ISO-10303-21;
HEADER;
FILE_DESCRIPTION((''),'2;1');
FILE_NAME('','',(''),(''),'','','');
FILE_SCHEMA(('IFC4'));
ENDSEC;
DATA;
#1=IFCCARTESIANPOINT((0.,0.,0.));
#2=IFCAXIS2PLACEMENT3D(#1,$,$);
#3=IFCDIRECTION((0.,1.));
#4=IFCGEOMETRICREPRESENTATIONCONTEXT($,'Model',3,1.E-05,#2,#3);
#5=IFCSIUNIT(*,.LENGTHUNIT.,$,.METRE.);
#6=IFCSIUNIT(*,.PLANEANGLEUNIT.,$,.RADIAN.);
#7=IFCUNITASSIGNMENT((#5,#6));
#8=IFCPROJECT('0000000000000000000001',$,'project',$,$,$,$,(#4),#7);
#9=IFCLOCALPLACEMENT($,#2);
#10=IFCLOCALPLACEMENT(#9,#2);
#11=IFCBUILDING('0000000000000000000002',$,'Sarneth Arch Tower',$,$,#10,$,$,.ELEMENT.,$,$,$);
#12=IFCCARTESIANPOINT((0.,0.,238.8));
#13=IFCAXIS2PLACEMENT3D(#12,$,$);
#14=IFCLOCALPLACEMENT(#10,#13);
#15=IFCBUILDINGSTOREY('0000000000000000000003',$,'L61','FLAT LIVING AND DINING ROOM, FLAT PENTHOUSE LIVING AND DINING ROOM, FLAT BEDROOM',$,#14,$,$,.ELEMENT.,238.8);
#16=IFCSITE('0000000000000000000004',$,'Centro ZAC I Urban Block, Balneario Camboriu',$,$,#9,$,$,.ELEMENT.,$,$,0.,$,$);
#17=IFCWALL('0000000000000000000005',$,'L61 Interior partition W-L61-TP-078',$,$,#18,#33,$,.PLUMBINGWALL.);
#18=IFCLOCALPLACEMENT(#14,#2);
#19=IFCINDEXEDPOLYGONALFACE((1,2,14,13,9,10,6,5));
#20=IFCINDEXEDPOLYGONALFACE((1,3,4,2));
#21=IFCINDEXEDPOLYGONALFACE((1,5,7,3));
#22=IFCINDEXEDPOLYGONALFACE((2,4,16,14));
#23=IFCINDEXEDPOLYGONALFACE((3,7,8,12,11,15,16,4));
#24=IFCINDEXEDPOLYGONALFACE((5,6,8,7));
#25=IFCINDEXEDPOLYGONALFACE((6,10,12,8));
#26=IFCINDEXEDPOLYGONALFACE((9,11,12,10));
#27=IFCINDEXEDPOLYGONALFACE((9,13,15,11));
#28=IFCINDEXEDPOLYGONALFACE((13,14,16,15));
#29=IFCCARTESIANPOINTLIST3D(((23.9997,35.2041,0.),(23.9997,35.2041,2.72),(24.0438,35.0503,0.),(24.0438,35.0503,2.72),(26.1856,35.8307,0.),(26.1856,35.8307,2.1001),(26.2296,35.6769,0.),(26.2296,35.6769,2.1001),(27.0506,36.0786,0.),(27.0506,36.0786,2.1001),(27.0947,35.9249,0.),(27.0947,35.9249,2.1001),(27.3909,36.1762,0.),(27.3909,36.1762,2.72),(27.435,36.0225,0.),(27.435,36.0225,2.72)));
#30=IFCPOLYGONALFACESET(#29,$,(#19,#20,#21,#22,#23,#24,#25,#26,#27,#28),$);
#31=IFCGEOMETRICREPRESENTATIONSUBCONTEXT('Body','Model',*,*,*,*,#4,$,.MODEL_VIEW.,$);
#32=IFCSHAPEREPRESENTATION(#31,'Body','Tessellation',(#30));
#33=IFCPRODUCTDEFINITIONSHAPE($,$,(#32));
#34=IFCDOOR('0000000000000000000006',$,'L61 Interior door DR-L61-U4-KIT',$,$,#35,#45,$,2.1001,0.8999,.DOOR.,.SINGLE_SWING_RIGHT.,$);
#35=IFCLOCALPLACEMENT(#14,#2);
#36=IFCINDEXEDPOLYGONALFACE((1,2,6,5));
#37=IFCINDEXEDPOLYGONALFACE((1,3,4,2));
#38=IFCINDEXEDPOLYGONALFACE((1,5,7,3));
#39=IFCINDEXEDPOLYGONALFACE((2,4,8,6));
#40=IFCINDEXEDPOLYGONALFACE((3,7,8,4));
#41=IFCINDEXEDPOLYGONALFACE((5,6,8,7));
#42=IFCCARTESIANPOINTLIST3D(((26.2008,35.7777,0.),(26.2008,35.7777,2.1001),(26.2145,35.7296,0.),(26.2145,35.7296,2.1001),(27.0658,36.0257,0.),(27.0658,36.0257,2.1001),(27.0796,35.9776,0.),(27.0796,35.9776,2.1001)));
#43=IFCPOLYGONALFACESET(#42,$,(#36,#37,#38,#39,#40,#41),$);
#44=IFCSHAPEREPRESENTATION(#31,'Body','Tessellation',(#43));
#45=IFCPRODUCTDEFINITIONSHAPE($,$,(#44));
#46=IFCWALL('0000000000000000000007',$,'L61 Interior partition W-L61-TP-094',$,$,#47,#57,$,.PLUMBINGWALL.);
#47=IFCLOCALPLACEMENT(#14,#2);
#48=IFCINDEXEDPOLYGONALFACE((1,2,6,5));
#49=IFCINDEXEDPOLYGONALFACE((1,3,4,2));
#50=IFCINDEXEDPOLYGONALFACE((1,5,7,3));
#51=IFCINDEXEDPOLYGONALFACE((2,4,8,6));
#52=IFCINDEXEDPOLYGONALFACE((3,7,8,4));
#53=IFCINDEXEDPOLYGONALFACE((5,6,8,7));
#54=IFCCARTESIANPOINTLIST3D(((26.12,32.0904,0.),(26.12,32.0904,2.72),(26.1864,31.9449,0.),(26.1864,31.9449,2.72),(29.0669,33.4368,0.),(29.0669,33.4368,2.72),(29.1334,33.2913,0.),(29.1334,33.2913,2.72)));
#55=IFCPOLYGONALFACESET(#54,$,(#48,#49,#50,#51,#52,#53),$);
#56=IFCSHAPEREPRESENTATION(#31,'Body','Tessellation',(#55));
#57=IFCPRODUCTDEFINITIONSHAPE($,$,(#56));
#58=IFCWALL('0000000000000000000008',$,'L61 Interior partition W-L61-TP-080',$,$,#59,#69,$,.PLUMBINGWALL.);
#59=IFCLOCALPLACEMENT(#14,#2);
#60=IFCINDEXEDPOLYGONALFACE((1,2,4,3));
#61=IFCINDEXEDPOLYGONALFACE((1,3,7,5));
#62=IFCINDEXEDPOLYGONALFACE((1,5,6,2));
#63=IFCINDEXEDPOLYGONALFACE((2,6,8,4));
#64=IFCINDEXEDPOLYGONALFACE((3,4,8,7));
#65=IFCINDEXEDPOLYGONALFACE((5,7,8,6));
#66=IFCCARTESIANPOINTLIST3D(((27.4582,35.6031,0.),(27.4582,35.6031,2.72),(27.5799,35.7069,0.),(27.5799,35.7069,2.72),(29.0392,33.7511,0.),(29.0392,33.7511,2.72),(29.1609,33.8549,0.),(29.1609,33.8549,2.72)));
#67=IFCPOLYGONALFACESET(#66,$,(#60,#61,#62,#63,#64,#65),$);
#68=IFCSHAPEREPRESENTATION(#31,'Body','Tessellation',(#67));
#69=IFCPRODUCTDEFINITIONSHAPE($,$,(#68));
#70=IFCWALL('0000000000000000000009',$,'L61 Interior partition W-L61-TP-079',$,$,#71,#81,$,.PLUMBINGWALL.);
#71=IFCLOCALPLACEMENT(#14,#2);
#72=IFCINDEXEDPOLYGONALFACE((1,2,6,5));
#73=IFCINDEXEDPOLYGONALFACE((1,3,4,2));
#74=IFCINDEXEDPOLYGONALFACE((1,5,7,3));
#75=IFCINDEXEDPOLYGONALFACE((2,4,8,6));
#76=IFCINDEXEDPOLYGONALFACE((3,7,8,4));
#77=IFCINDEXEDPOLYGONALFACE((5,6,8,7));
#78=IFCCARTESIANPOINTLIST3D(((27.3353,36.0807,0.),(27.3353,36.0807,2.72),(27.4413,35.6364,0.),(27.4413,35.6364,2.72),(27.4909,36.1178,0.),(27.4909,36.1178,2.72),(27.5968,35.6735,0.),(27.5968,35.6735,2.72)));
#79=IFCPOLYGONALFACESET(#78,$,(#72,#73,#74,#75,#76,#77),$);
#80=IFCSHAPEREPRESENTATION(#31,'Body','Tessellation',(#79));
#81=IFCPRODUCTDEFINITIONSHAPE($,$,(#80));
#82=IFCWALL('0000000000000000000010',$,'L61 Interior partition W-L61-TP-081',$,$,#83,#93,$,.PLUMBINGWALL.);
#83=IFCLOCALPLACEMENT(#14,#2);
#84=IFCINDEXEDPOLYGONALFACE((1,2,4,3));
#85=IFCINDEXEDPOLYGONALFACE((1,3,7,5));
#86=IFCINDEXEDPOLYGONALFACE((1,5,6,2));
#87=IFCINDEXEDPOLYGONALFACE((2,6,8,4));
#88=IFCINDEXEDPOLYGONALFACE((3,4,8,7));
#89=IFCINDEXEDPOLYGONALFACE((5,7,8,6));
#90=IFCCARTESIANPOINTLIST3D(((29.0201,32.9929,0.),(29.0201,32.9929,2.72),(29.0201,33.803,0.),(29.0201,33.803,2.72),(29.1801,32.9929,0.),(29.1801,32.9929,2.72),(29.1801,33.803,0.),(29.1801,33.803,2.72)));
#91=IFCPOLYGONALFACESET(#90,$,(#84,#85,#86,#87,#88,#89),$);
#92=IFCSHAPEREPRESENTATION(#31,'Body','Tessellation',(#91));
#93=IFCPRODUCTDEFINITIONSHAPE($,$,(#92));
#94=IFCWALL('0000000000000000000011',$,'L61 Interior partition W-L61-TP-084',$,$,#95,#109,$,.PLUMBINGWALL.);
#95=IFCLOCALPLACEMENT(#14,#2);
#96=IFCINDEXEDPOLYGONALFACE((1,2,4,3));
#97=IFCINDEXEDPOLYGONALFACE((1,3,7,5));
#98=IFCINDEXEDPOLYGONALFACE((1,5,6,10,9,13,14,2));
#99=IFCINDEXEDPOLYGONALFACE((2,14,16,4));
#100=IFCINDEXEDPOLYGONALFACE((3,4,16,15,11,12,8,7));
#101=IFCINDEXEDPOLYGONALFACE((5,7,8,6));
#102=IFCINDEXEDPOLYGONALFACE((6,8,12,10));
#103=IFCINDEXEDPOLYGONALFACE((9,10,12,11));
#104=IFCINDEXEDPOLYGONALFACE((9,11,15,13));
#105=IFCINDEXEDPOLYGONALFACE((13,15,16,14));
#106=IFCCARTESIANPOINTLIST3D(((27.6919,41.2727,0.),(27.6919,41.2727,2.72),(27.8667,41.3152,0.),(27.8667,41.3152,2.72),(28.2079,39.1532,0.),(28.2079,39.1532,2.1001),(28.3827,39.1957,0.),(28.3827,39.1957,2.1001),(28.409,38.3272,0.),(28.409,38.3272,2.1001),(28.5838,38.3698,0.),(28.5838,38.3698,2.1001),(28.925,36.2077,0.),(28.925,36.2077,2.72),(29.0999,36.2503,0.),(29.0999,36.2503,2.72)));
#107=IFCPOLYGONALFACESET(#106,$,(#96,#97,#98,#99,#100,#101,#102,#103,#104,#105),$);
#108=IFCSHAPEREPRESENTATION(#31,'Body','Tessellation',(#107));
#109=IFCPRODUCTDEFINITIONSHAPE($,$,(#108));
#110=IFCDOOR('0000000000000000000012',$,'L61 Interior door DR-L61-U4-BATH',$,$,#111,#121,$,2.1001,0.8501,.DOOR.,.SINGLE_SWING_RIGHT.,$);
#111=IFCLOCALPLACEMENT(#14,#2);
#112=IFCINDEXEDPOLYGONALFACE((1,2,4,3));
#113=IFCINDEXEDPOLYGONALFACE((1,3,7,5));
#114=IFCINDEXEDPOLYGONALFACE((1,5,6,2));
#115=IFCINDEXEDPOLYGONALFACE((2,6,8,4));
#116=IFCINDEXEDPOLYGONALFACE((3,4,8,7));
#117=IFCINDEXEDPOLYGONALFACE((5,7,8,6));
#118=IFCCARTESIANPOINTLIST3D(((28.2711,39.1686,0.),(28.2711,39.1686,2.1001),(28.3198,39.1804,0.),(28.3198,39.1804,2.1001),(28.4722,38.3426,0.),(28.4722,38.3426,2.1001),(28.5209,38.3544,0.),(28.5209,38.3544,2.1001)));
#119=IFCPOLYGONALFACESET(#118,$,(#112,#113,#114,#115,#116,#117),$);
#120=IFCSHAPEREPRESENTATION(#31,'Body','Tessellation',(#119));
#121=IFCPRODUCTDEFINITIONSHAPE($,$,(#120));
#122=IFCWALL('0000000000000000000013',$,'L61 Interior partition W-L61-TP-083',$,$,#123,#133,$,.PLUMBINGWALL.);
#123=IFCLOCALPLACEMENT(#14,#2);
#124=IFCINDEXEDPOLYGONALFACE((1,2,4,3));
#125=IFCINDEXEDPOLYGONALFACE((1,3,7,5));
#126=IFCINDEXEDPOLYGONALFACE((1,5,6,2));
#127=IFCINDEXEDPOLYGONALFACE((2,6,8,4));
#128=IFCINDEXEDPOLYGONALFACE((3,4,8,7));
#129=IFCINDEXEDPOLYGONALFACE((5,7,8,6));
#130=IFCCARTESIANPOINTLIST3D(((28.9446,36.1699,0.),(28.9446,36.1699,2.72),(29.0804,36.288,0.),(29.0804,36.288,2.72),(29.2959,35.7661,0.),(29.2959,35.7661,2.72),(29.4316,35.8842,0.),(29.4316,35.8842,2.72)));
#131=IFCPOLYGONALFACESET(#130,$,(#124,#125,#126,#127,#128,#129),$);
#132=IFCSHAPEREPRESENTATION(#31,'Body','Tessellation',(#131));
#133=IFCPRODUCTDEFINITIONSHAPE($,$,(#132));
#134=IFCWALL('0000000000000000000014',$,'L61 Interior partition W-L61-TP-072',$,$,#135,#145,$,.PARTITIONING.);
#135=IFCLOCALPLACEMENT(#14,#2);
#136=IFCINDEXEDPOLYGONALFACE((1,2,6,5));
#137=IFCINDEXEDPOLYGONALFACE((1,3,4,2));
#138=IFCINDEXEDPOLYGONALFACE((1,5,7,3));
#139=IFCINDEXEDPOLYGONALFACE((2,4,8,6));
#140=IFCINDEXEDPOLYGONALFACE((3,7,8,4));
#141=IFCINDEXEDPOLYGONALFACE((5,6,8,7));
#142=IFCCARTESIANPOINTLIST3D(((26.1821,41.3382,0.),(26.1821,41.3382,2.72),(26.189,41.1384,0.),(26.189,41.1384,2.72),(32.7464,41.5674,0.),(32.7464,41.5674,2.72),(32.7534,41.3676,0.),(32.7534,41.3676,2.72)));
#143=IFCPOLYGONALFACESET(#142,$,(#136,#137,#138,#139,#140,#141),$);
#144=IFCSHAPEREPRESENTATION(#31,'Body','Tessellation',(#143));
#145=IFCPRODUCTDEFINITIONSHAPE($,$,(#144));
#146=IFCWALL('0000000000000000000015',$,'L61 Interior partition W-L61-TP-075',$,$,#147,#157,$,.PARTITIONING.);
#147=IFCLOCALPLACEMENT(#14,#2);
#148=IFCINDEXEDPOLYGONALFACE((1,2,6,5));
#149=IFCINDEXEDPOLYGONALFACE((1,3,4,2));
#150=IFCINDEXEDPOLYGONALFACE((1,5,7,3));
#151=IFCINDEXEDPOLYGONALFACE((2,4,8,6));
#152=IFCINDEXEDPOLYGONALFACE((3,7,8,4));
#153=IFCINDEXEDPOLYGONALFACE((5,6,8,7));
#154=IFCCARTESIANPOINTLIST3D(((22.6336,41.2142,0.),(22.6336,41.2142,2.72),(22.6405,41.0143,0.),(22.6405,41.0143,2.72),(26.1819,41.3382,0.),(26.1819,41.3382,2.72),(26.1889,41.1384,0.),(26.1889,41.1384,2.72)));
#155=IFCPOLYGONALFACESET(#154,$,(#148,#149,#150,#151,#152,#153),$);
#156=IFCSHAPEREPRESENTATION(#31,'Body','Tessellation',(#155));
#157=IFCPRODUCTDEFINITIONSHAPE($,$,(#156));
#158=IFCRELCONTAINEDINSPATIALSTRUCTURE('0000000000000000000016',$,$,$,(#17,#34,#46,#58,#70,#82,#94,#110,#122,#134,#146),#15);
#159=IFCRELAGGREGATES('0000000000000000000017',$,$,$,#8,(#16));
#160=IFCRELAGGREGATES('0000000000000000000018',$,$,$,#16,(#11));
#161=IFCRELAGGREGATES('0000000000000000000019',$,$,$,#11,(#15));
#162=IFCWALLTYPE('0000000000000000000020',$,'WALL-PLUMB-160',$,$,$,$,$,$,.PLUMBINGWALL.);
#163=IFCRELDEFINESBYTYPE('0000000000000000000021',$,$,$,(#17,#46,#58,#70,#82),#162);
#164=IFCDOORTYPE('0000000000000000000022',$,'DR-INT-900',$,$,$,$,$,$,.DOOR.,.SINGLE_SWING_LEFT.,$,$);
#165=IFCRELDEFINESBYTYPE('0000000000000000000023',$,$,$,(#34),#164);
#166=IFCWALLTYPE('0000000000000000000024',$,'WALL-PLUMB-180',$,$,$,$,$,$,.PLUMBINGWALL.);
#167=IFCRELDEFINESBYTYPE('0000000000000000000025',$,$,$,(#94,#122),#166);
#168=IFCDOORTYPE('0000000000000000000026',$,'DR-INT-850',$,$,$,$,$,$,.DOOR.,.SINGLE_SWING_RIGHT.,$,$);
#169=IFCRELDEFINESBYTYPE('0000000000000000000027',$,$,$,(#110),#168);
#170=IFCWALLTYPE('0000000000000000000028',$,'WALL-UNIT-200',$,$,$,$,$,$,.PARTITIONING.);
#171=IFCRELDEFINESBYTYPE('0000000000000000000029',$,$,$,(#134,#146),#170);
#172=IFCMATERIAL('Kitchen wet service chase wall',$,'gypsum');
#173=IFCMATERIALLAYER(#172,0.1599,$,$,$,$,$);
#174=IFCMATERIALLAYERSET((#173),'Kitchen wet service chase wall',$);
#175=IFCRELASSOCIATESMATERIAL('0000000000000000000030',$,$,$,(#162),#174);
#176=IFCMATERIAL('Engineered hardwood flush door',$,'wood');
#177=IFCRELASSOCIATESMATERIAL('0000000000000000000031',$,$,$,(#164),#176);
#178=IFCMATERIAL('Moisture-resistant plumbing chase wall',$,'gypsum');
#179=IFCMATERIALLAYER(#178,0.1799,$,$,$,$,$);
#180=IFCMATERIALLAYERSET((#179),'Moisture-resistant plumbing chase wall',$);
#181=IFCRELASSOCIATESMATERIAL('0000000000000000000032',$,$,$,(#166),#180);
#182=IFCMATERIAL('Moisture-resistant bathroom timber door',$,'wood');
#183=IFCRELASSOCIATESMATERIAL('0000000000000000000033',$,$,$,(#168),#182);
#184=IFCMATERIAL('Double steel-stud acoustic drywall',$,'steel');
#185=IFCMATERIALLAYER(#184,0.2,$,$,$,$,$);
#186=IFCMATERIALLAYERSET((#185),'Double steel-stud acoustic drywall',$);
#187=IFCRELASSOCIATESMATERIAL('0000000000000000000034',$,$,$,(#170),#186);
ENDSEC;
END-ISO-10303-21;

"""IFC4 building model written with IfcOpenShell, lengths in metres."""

from ifc_helpers import new_model, si_unit, direction, frame, frame_2d, origin, place, context, subcontext, project, spatial, rectangle, extrude, material, layer, layer_set, type_object, element, fill, save


model = new_model("IFC4")

# Units and contexts
model_context = context("Model", 3, precision=1e-05, world=origin(), true_north=direction((0.0, 1.0)))
body_context = subcontext(model_context, "Body", "Model", "MODEL_VIEW")
ifc_project = project(units=[si_unit("LENGTHUNIT", "METRE"), si_unit("PLANEANGLEUNIT", "RADIAN")], contexts=[model_context])

# Site, building, storey
site_placement = place(None, origin())
site = spatial("IfcSite", under=ifc_project, at=site_placement, Name="Centro ZAC I Urban Block, Balneario Camboriu", CompositionType="ELEMENT", RefElevation=0.0)
building_placement = place(site_placement, origin())
building = spatial("IfcBuilding", under=site, at=building_placement, Name="Sarneth Arch Tower", CompositionType="ELEMENT")
storey_placement = place(building_placement, frame((0.0, 0.0, 238.8)))
storey = spatial("IfcBuildingStorey", under=building, at=storey_placement, Name="L61", Description="FLAT LIVING AND DINING ROOM, FLAT PENTHOUSE LIVING AND DINING ROOM, FLAT BEDROOM", CompositionType="ELEMENT", Elevation=238.8)

# Wall, opening, door
ifc_material_1 = material(Name="Kitchen wet service chase wall", Category="gypsum")
ifc_layer_1 = layer(ifc_material_1, 0.1599)
ifc_layer_set_1 = layer_set([ifc_layer_1], Name="Kitchen wet service chase wall")
wall_type_1 = type_object("IfcWallType", Name="WALL-PLUMB-160", PredefinedType="PLUMBINGWALL", material=ifc_layer_set_1)
wall_1_placement = place(storey_placement, frame((24.0217, 35.1272, 0.0), z_axis=(0.0, 0.0, 1.0), x_axis=(0.961283, 0.275562, 0.0)))
wall_1 = element("IfcWall", 1, at=wall_1_placement, inside=storey, type_object=wall_type_1, Name="L61 Interior partition W-L61-TP-078", PredefinedType="PLUMBINGWALL", context=body_context, shape_type="SweptSolid", body=[
    extrude(rectangle(XDim=3.5278, YDim=0.1599, at=frame_2d((1.7639, 0.0))), origin(), (0.0, 0.0, 1.0), 2.72),
])
opening_1_placement = place(wall_1_placement, frame((2.2739, 0.0, 0.0)))
opening_1 = element("IfcOpeningElement", 2, at=opening_1_placement, cuts=wall_1, PredefinedType="OPENING", context=body_context, shape_type="SweptSolid", body=[
    extrude(rectangle(XDim=0.8999, YDim=2.1001, at=frame_2d((0.45, 1.05))), frame((0.0, 0.0898, 0.0), z_axis=(0.0, -1.0, 0.0), x_axis=(1.0, 0.0, 0.0)), (0.0, 0.0, 1.0), 0.1799),
])
ifc_material_2 = material(Name="Engineered hardwood flush door", Category="wood")
door_type_1 = type_object("IfcDoorType", Name="DR-INT-900", OperationType="SINGLE_SWING_LEFT", PredefinedType="DOOR", material=ifc_material_2)
door_1_placement = place(opening_1_placement, origin())
door_1 = element("IfcDoor", 3, at=door_1_placement, inside=storey, type_object=door_type_1, Name="L61 Interior door DR-L61-U4-KIT", OperationType="SINGLE_SWING_RIGHT", OverallHeight=2.1001, OverallWidth=0.8999, PredefinedType="DOOR", context=body_context, shape_type="SweptSolid", body=[
    extrude(rectangle(XDim=0.8999, YDim=2.1001, at=frame_2d((0.45, 1.05))), frame((0.0, 0.0249, 0.0), z_axis=(0.0, -1.0, 0.0), x_axis=(1.0, 0.0, 0.0)), (0.0, 0.0, 1.0), 0.05),
])
fill(opening_1, door_1)

# Walls
wall_2_placement = place(storey_placement, frame((26.1531, 32.0176, 0.0), z_axis=(0.0, 0.0, 1.0), x_axis=(0.909565, 0.415562, 0.0)))
element("IfcWall", 4, at=wall_2_placement, inside=storey, type_object=wall_type_1, Name="L61 Interior partition W-L61-TP-094", PredefinedType="PLUMBINGWALL", context=body_context, shape_type="SweptSolid", body=[
    extrude(rectangle(XDim=3.24, YDim=0.1599, at=frame_2d((1.6201, 0.0))), origin(), (0.0, 0.0, 1.0), 2.72),
])
wall_3_placement = place(storey_placement, frame((27.519, 35.655, 0.0), z_axis=(0.0, 0.0, 1.0), x_axis=(0.649271, -0.760557, 0.0)))
element("IfcWall", 5, at=wall_3_placement, inside=storey, type_object=wall_type_1, Name="L61 Interior partition W-L61-TP-080", PredefinedType="PLUMBINGWALL", context=body_context, shape_type="SweptSolid", body=[
    extrude(rectangle(XDim=2.4351, YDim=0.1599, at=frame_2d((1.2175, 0.0))), origin(), (0.0, 0.0, 1.0), 2.72),
])
wall_4_placement = place(storey_placement, frame((27.4131, 36.0994, 0.0), z_axis=(0.0, 0.0, 1.0), x_axis=(0.231958, -0.972726, 0.0)))
element("IfcWall", 6, at=wall_4_placement, inside=storey, type_object=wall_type_1, Name="L61 Interior partition W-L61-TP-079", PredefinedType="PLUMBINGWALL", context=body_context, shape_type="SweptSolid", body=[
    extrude(rectangle(XDim=0.4568, YDim=0.1599, at=frame_2d((0.2285, 0.0))), origin(), (0.0, 0.0, 1.0), 2.72),
])
wall_5_placement = place(storey_placement, frame((29.1001, 33.803, 0.0), z_axis=(0.0, 0.0, 1.0), x_axis=(0.0, -1.0, 0.0)))
element("IfcWall", 7, at=wall_5_placement, inside=storey, type_object=wall_type_1, Name="L61 Interior partition W-L61-TP-081", PredefinedType="PLUMBINGWALL", context=body_context, shape_type="SweptSolid", body=[
    extrude(rectangle(XDim=0.8101, YDim=0.1599, at=frame_2d((0.405, 0.0))), origin(), (0.0, 0.0, 1.0), 2.72),
])

# Wall, opening, door
ifc_material_3 = material(Name="Moisture-resistant plumbing chase wall", Category="gypsum")
ifc_layer_2 = layer(ifc_material_3, 0.1799)
ifc_layer_set_2 = layer_set([ifc_layer_2], Name="Moisture-resistant plumbing chase wall")
wall_type_2 = type_object("IfcWallType", Name="WALL-PLUMB-180", PredefinedType="PLUMBINGWALL", material=ifc_layer_set_2)
wall_6_placement = place(storey_placement, frame((29.0125, 36.229, 0.0), z_axis=(0.0, 0.0, 1.0), x_axis=(-0.236558, 0.971617, 0.0)))
wall_6 = element("IfcWall", 8, at=wall_6_placement, inside=storey, type_object=wall_type_2, Name="L61 Interior partition W-L61-TP-084", PredefinedType="PLUMBINGWALL", context=body_context, shape_type="SweptSolid", body=[
    extrude(rectangle(XDim=5.2129, YDim=0.1799, at=frame_2d((2.6064, 0.0))), origin(), (0.0, 0.0, 1.0), 2.72),
])
opening_2_placement = place(wall_6_placement, frame((2.1814, 0.0, 0.0)))
opening_2 = element("IfcOpeningElement", 9, at=opening_2_placement, cuts=wall_6, PredefinedType="OPENING", context=body_context, shape_type="SweptSolid", body=[
    extrude(rectangle(XDim=0.8501, YDim=2.1001, at=frame_2d((0.425, 1.05))), frame((0.0, 0.0999, 0.0), z_axis=(0.0, -1.0, 0.0), x_axis=(1.0, 0.0, 0.0)), (0.0, 0.0, 1.0), 0.2),
])
ifc_material_4 = material(Name="Moisture-resistant bathroom timber door", Category="wood")
door_type_2 = type_object("IfcDoorType", Name="DR-INT-850", OperationType="SINGLE_SWING_RIGHT", PredefinedType="DOOR", material=ifc_material_4)
door_2_placement = place(opening_2_placement, origin())
door_2 = element("IfcDoor", 10, at=door_2_placement, inside=storey, type_object=door_type_2, Name="L61 Interior door DR-L61-U4-BATH", OperationType="SINGLE_SWING_RIGHT", OverallHeight=2.1001, OverallWidth=0.8501, PredefinedType="DOOR", context=body_context, shape_type="SweptSolid", body=[
    extrude(rectangle(XDim=0.8501, YDim=2.1001, at=frame_2d((0.425, 1.05))), frame((0.0, 0.0249, 0.0), z_axis=(0.0, -1.0, 0.0), x_axis=(1.0, 0.0, 0.0)), (0.0, 0.0, 1.0), 0.05),
])
fill(opening_2, door_2)

# Walls
wall_7_placement = place(storey_placement, frame((29.3638, 35.8252, 0.0), z_axis=(0.0, 0.0, 1.0), x_axis=(-0.656371, 0.754439, 0.0)))
element("IfcWall", 11, at=wall_7_placement, inside=storey, type_object=wall_type_2, Name="L61 Interior partition W-L61-TP-083", PredefinedType="PLUMBINGWALL", context=body_context, shape_type="SweptSolid", body=[
    extrude(rectangle(XDim=0.5352, YDim=0.1799, at=frame_2d((0.2676, 0.0))), origin(), (0.0, 0.0, 1.0), 2.72),
])
ifc_material_5 = material(Name="Double steel-stud acoustic drywall", Category="steel")
ifc_layer_3 = layer(ifc_material_5, 0.2)
ifc_layer_set_3 = layer_set([ifc_layer_3], Name="Double steel-stud acoustic drywall")
wall_type_3 = type_object("IfcWallType", Name="WALL-UNIT-200", PredefinedType="PARTITIONING", material=ifc_layer_set_3)
wall_8_placement = place(storey_placement, frame((26.1855, 41.2383, 0.0), z_axis=(0.0, 0.0, 1.0), x_axis=(0.999391, 0.034901, 0.0)))
element("IfcWall", 12, at=wall_8_placement, inside=storey, type_object=wall_type_3, Name="L61 Interior partition W-L61-TP-072", PredefinedType="PARTITIONING", context=body_context, shape_type="SweptSolid", body=[
    extrude(rectangle(XDim=6.5684, YDim=0.2, at=frame_2d((3.2842, 0.0))), origin(), (0.0, 0.0, 1.0), 2.72),
])
wall_9_placement = place(storey_placement, frame((26.1855, 41.2383, 0.0), z_axis=(0.0, 0.0, 1.0), x_axis=(-0.99939, -0.034931, 0.0)))
element("IfcWall", 13, at=wall_9_placement, inside=storey, type_object=wall_type_3, Name="L61 Interior partition W-L61-TP-075", PredefinedType="PARTITIONING", context=body_context, shape_type="SweptSolid", body=[
    extrude(rectangle(XDim=3.5505, YDim=0.2, at=frame_2d((1.7754, 0.0))), origin(), (0.0, 0.0, 1.0), 2.72),
])

save(model, "model.ifc")
